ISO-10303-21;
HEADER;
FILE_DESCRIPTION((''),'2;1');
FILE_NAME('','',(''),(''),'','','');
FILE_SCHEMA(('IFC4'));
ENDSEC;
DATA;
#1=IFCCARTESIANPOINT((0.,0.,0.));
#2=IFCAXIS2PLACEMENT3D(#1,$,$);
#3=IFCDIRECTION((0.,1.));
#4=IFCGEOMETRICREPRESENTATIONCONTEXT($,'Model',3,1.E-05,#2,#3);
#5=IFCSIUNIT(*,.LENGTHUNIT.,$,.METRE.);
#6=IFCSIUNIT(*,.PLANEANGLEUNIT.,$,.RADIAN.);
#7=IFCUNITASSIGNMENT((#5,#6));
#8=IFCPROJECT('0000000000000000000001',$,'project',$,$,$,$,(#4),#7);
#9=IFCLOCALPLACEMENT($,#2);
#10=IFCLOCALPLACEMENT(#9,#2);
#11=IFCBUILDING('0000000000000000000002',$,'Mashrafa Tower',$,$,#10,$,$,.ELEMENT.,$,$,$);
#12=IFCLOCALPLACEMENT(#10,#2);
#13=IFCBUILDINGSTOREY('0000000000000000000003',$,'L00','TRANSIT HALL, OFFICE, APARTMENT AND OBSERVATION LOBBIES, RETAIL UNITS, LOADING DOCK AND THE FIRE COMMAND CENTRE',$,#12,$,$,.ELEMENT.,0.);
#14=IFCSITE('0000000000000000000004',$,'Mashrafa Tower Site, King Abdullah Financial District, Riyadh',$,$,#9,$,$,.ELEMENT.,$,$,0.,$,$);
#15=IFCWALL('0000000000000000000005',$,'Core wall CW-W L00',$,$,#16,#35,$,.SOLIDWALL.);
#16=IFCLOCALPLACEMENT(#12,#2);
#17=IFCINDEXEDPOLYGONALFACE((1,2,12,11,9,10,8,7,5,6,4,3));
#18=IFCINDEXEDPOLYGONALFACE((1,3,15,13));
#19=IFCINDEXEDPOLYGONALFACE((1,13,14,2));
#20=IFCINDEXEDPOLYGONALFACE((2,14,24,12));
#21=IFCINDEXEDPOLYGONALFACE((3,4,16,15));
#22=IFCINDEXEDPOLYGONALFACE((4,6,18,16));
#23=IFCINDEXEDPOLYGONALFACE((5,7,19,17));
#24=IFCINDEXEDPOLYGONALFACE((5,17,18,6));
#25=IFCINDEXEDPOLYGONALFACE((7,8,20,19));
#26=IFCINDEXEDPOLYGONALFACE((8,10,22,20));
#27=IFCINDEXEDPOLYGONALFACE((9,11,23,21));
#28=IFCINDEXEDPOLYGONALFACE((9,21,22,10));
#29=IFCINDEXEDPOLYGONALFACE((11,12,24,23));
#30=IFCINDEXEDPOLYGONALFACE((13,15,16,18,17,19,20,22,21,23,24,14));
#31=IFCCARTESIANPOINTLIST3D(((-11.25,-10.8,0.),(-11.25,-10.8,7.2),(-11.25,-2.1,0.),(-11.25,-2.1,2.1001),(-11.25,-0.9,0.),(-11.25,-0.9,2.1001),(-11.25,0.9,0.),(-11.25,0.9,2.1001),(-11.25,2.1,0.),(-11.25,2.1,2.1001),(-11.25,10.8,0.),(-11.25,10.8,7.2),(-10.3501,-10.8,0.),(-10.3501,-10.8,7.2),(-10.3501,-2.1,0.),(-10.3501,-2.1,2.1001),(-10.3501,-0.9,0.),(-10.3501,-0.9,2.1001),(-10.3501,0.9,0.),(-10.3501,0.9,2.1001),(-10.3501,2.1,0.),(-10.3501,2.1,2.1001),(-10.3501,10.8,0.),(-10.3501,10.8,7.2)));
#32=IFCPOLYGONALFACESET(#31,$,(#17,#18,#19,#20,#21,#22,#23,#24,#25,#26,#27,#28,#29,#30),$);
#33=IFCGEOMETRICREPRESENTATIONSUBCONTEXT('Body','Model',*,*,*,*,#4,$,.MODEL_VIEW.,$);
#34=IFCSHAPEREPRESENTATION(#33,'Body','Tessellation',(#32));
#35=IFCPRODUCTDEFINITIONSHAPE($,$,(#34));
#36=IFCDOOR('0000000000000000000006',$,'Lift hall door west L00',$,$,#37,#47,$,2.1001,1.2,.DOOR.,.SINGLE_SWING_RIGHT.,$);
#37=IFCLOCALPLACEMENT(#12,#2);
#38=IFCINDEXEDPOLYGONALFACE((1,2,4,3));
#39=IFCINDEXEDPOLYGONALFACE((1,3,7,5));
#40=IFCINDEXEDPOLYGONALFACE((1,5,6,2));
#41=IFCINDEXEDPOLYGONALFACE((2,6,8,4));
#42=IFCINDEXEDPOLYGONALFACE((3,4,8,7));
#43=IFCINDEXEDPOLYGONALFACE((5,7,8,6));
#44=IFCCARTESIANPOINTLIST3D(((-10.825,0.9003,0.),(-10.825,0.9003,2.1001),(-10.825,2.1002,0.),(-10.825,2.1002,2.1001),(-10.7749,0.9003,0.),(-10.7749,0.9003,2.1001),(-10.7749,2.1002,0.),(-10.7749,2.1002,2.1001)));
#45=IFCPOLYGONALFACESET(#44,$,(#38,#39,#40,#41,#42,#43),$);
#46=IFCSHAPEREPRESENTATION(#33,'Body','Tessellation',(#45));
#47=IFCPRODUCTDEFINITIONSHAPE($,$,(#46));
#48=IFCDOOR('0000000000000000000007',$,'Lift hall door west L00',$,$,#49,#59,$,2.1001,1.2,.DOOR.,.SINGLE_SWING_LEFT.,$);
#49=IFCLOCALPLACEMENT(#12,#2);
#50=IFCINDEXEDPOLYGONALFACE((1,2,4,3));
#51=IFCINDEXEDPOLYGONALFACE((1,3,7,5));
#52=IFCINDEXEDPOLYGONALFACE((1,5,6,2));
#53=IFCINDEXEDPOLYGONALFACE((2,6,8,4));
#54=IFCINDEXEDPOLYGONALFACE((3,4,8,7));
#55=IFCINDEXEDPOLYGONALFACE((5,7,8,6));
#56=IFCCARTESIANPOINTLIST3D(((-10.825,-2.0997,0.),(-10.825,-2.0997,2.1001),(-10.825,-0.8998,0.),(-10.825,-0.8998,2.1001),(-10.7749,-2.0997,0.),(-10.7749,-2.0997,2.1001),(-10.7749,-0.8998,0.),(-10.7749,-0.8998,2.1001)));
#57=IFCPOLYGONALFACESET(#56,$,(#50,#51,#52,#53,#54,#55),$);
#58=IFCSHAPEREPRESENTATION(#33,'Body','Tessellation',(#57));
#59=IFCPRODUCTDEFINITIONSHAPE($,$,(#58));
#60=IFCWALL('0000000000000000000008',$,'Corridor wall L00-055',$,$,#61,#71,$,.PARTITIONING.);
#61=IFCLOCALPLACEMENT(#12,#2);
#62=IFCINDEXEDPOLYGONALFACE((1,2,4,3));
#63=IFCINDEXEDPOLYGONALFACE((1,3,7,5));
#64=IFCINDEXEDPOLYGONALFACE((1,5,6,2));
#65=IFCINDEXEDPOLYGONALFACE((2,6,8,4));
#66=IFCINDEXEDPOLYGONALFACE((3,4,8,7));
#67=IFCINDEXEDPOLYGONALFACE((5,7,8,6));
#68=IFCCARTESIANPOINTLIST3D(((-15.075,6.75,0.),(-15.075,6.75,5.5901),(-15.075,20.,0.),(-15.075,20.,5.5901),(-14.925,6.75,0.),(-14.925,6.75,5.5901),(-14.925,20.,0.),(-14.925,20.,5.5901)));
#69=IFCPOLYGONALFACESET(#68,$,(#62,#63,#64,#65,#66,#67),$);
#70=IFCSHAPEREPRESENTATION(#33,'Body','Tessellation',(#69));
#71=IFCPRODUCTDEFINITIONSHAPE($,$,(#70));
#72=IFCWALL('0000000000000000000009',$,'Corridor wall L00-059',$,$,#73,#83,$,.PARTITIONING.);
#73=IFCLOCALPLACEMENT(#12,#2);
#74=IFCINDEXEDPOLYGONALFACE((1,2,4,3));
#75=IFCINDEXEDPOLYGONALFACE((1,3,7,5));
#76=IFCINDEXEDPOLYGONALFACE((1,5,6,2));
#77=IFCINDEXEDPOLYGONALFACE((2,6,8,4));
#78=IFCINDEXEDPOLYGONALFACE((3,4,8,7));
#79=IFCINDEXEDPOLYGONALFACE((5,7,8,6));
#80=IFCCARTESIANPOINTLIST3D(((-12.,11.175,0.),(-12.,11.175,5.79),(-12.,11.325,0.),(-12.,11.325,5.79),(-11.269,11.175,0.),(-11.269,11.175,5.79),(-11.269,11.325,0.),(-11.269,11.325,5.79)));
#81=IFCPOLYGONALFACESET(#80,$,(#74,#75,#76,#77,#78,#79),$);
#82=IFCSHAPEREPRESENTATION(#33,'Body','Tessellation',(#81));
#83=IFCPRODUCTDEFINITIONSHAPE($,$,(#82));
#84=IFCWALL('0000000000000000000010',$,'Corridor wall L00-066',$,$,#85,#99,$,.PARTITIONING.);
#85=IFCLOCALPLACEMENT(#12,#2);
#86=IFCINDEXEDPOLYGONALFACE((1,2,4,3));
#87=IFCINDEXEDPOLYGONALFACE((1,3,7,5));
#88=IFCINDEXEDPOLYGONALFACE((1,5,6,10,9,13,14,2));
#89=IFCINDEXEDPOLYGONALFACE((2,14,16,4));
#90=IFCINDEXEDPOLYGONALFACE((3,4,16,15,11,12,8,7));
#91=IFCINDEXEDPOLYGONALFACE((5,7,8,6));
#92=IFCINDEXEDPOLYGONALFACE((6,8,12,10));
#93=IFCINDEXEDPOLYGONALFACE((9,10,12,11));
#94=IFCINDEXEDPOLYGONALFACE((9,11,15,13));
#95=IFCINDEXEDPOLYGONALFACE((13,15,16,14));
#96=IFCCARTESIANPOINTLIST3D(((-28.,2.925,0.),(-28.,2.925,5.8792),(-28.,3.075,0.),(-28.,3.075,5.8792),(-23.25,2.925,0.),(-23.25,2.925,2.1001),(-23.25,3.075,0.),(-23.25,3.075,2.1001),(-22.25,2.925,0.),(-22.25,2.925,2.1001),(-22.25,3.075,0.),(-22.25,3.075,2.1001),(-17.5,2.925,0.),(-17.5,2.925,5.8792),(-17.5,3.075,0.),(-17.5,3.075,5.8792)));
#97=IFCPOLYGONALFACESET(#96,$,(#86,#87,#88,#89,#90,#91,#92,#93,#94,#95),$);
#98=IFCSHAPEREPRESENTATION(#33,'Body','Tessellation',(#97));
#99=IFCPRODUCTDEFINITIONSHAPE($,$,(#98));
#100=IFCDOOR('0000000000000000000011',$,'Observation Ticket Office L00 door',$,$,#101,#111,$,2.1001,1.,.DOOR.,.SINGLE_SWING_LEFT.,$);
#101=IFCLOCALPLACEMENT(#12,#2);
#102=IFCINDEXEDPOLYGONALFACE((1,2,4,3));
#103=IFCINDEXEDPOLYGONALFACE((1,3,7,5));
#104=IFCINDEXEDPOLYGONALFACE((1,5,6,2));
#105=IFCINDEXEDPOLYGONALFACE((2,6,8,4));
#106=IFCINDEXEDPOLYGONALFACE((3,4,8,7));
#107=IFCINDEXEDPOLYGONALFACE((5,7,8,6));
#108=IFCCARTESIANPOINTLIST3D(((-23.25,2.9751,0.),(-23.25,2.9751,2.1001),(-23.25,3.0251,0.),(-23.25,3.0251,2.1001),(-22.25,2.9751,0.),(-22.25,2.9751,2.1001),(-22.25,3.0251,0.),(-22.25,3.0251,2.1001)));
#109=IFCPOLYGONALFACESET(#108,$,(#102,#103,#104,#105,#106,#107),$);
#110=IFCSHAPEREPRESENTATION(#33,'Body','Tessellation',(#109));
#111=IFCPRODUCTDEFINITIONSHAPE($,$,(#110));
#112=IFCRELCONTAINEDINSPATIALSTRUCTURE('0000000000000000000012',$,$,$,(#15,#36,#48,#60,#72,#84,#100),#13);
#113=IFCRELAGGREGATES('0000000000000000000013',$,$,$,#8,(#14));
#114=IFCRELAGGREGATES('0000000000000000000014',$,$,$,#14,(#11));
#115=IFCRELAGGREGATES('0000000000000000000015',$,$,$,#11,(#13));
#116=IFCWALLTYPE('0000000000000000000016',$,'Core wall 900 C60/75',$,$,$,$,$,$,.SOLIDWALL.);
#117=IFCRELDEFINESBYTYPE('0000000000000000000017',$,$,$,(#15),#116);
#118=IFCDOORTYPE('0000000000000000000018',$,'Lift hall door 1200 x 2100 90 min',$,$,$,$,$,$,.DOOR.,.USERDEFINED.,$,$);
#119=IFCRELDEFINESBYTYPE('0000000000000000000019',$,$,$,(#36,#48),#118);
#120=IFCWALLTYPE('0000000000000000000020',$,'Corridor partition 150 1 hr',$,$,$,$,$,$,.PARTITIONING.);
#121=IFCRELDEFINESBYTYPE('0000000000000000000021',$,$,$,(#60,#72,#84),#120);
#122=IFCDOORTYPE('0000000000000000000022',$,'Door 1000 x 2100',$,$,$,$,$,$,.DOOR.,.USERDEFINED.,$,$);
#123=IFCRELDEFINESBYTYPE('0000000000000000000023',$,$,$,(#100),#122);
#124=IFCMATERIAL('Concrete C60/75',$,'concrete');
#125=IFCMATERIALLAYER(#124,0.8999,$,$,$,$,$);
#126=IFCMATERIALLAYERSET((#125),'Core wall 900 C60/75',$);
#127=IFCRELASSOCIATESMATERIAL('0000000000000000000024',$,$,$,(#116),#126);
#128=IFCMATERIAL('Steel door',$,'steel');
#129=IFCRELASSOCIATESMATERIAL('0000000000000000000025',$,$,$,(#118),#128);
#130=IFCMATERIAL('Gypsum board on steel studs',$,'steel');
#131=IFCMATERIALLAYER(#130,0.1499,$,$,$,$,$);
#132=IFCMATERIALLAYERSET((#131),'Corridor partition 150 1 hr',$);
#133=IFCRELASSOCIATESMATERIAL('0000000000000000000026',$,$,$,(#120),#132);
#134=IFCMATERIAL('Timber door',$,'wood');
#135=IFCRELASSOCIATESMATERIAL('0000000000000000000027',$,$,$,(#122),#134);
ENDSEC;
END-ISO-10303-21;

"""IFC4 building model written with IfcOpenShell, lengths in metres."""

from ifc_helpers import new_model, si_unit, direction, frame, frame_2d, origin, place, context, subcontext, project, spatial, rectangle, extrude, material, layer, layer_set, type_object, element, fill, save


model = new_model("IFC4")

# Units and contexts
model_context = context("Model", 3, precision=1e-05, world=origin(), true_north=direction((0.0, 1.0)))
body_context = subcontext(model_context, "Body", "Model", "MODEL_VIEW")
ifc_project = project(units=[si_unit("LENGTHUNIT", "METRE"), si_unit("PLANEANGLEUNIT", "RADIAN")], contexts=[model_context])

# Site, building, storey
site_placement = place(None, origin())
site = spatial("IfcSite", under=ifc_project, at=site_placement, Name="Mashrafa Tower Site, King Abdullah Financial District, Riyadh", CompositionType="ELEMENT", RefElevation=0.0)
building_placement = place(site_placement, origin())
building = spatial("IfcBuilding", under=site, at=building_placement, Name="Mashrafa Tower", CompositionType="ELEMENT")
storey_placement = place(building_placement, origin())
storey = spatial("IfcBuildingStorey", under=building, at=storey_placement, Name="L00", Description="TRANSIT HALL, OFFICE, APARTMENT AND OBSERVATION LOBBIES, RETAIL UNITS, LOADING DOCK AND THE FIRE COMMAND CENTRE", CompositionType="ELEMENT", Elevation=0.0)

# Wall, openings, doors
ifc_material_1 = material(Name="Concrete C60/75", Category="concrete")
ifc_layer_1 = layer(ifc_material_1, 0.8999)
ifc_layer_set_1 = layer_set([ifc_layer_1], Name="Core wall 900 C60/75")
wall_type_1 = type_object("IfcWallType", Name="Core wall 900 C60/75", PredefinedType="SOLIDWALL", material=ifc_layer_set_1)
wall_1_placement = place(storey_placement, frame((-10.8, 10.8, 0.0), z_axis=(0.0, 0.0, 1.0), x_axis=(0.0, -1.0, 0.0)))
wall_1 = element("IfcWall", 1, at=wall_1_placement, inside=storey, type_object=wall_type_1, Name="Core wall CW-W L00", PredefinedType="SOLIDWALL", context=body_context, shape_type="SweptSolid", body=[
    extrude(rectangle(XDim=21.6001, YDim=0.8999, at=frame_2d((10.8, 0.0))), origin(), (0.0, 0.0, 1.0), 7.2),
])
opening_1_placement = place(wall_1_placement, frame((8.7, 0.0, 0.0)))
opening_1 = element("IfcOpeningElement", 2, at=opening_1_placement, cuts=wall_1, PredefinedType="OPENING", context=body_context, shape_type="SweptSolid", body=[
    extrude(rectangle(XDim=1.2, YDim=2.1001, at=frame_2d((0.6001, 1.05))), frame((0.0, 0.46, 0.0), z_axis=(0.0, -1.0, 0.0), x_axis=(1.0, 0.0, 0.0)), (0.0, 0.0, 1.0), 0.9199),
])
opening_2_placement = place(wall_1_placement, frame((11.7, 0.0, 0.0)))
opening_2 = element("IfcOpeningElement", 3, at=opening_2_placement, cuts=wall_1, PredefinedType="OPENING", context=body_context, shape_type="SweptSolid", body=[
    extrude(rectangle(XDim=1.2, YDim=2.1001, at=frame_2d((0.6001, 1.05))), frame((0.0, 0.46, 0.0), z_axis=(0.0, -1.0, 0.0), x_axis=(1.0, 0.0, 0.0)), (0.0, 0.0, 1.0), 0.9199),
])
ifc_material_2 = material(Name="Steel door", Category="steel")
door_type_1 = type_object("IfcDoorType", Name="Lift hall door 1200 x 2100 90 min", OperationType="USERDEFINED", PredefinedType="DOOR", material=ifc_material_2)
door_1_placement = place(opening_1_placement, frame((1.2, 0.0, 0.0), z_axis=(0.0, 0.0, 1.0), x_axis=(-1.0, 0.0, 0.0)))
door_1 = element("IfcDoor", 4, at=door_1_placement, inside=storey, type_object=door_type_1, Name="Lift hall door west L00", OperationType="SINGLE_SWING_RIGHT", OverallHeight=2.1001, OverallWidth=1.2, PredefinedType="DOOR", context=body_context, shape_type="SweptSolid", body=[
    extrude(rectangle(XDim=1.2, YDim=2.1001, at=frame_2d((0.6001, 1.05))), frame((0.0, 0.0249, 0.0), z_axis=(0.0, -1.0, 0.0), x_axis=(1.0, 0.0, 0.0)), (0.0, 0.0, 1.0), 0.05),
])
fill(opening_1, door_1)
door_2_placement = place(opening_2_placement, frame((1.2, 0.0, 0.0), z_axis=(0.0, 0.0, 1.0), x_axis=(-1.0, 0.0, 0.0)))
door_2 = element("IfcDoor", 5, at=door_2_placement, inside=storey, type_object=door_type_1, Name="Lift hall door west L00", OperationType="SINGLE_SWING_LEFT", OverallHeight=2.1001, OverallWidth=1.2, PredefinedType="DOOR", context=body_context, shape_type="SweptSolid", body=[
    extrude(rectangle(XDim=1.2, YDim=2.1001, at=frame_2d((0.6001, 1.05))), frame((0.0, 0.0249, 0.0), z_axis=(0.0, -1.0, 0.0), x_axis=(1.0, 0.0, 0.0)), (0.0, 0.0, 1.0), 0.05),
])
fill(opening_2, door_2)

# Walls
ifc_material_3 = material(Name="Gypsum board on steel studs", Category="steel")
ifc_layer_2 = layer(ifc_material_3, 0.1499)
ifc_layer_set_2 = layer_set([ifc_layer_2], Name="Corridor partition 150 1 hr")
wall_type_2 = type_object("IfcWallType", Name="Corridor partition 150 1 hr", PredefinedType="PARTITIONING", material=ifc_layer_set_2)
wall_2_placement = place(storey_placement, frame((-15.0, 6.75, 0.0), z_axis=(0.0, 0.0, 1.0), x_axis=(0.0, 1.0, 0.0)))
element("IfcWall", 6, at=wall_2_placement, inside=storey, type_object=wall_type_2, Name="Corridor wall L00-055", PredefinedType="PARTITIONING", context=body_context, shape_type="SweptSolid", body=[
    extrude(rectangle(XDim=13.25, YDim=0.1499, at=frame_2d((6.625, 0.0))), origin(), (0.0, 0.0, 1.0), 5.5901),
])
wall_3_placement = place(storey_placement, frame((-12.0, 11.25, 0.0), z_axis=(0.0, 0.0, 1.0), x_axis=(1.0, 0.0, 0.0)))
element("IfcWall", 7, at=wall_3_placement, inside=storey, type_object=wall_type_2, Name="Corridor wall L00-059", PredefinedType="PARTITIONING", context=body_context, shape_type="SweptSolid", body=[
    extrude(rectangle(XDim=0.731, YDim=0.1499, at=frame_2d((0.3655, 0.0))), origin(), (0.0, 0.0, 1.0), 5.79),
])

# Wall, opening, door
wall_4_placement = place(storey_placement, frame((-17.5, 3.0, 0.0), z_axis=(0.0, 0.0, 1.0), x_axis=(-1.0, 0.0, 0.0)))
wall_4 = element("IfcWall", 8, at=wall_4_placement, inside=storey, type_object=wall_type_2, Name="Corridor wall L00-066", PredefinedType="PARTITIONING", context=body_context, shape_type="SweptSolid", body=[
    extrude(rectangle(XDim=10.5, YDim=0.1499, at=frame_2d((5.25, 0.0))), origin(), (0.0, 0.0, 1.0), 5.8792),
])
opening_3_placement = place(wall_4_placement, frame((4.75, 0.0, 0.0)))
opening_3 = element("IfcOpeningElement", 9, at=opening_3_placement, cuts=wall_4, PredefinedType="OPENING", context=body_context, shape_type="SweptSolid", body=[
    extrude(rectangle(XDim=1.0, YDim=2.1001, at=frame_2d((0.5, 1.05))), frame((0.0, 0.085, 0.0), z_axis=(0.0, -1.0, 0.0), x_axis=(1.0, 0.0, 0.0)), (0.0, 0.0, 1.0), 0.1699),
])
ifc_material_4 = material(Name="Timber door", Category="wood")
door_type_2 = type_object("IfcDoorType", Name="Door 1000 x 2100", OperationType="USERDEFINED", PredefinedType="DOOR", material=ifc_material_4)
door_3_placement = place(opening_3_placement, origin())
door_3 = element("IfcDoor", 10, at=door_3_placement, inside=storey, type_object=door_type_2, Name="Observation Ticket Office L00 door", OperationType="SINGLE_SWING_LEFT", OverallHeight=2.1001, OverallWidth=1.0, PredefinedType="DOOR", context=body_context, shape_type="SweptSolid", body=[
    extrude(rectangle(XDim=1.0, YDim=2.1001, at=frame_2d((0.5, 1.05))), frame((0.0, 0.0249, 0.0), z_axis=(0.0, -1.0, 0.0), x_axis=(1.0, 0.0, 0.0)), (0.0, 0.0, 1.0), 0.05),
])
fill(opening_3, door_3)

save(model, "model.ifc")
